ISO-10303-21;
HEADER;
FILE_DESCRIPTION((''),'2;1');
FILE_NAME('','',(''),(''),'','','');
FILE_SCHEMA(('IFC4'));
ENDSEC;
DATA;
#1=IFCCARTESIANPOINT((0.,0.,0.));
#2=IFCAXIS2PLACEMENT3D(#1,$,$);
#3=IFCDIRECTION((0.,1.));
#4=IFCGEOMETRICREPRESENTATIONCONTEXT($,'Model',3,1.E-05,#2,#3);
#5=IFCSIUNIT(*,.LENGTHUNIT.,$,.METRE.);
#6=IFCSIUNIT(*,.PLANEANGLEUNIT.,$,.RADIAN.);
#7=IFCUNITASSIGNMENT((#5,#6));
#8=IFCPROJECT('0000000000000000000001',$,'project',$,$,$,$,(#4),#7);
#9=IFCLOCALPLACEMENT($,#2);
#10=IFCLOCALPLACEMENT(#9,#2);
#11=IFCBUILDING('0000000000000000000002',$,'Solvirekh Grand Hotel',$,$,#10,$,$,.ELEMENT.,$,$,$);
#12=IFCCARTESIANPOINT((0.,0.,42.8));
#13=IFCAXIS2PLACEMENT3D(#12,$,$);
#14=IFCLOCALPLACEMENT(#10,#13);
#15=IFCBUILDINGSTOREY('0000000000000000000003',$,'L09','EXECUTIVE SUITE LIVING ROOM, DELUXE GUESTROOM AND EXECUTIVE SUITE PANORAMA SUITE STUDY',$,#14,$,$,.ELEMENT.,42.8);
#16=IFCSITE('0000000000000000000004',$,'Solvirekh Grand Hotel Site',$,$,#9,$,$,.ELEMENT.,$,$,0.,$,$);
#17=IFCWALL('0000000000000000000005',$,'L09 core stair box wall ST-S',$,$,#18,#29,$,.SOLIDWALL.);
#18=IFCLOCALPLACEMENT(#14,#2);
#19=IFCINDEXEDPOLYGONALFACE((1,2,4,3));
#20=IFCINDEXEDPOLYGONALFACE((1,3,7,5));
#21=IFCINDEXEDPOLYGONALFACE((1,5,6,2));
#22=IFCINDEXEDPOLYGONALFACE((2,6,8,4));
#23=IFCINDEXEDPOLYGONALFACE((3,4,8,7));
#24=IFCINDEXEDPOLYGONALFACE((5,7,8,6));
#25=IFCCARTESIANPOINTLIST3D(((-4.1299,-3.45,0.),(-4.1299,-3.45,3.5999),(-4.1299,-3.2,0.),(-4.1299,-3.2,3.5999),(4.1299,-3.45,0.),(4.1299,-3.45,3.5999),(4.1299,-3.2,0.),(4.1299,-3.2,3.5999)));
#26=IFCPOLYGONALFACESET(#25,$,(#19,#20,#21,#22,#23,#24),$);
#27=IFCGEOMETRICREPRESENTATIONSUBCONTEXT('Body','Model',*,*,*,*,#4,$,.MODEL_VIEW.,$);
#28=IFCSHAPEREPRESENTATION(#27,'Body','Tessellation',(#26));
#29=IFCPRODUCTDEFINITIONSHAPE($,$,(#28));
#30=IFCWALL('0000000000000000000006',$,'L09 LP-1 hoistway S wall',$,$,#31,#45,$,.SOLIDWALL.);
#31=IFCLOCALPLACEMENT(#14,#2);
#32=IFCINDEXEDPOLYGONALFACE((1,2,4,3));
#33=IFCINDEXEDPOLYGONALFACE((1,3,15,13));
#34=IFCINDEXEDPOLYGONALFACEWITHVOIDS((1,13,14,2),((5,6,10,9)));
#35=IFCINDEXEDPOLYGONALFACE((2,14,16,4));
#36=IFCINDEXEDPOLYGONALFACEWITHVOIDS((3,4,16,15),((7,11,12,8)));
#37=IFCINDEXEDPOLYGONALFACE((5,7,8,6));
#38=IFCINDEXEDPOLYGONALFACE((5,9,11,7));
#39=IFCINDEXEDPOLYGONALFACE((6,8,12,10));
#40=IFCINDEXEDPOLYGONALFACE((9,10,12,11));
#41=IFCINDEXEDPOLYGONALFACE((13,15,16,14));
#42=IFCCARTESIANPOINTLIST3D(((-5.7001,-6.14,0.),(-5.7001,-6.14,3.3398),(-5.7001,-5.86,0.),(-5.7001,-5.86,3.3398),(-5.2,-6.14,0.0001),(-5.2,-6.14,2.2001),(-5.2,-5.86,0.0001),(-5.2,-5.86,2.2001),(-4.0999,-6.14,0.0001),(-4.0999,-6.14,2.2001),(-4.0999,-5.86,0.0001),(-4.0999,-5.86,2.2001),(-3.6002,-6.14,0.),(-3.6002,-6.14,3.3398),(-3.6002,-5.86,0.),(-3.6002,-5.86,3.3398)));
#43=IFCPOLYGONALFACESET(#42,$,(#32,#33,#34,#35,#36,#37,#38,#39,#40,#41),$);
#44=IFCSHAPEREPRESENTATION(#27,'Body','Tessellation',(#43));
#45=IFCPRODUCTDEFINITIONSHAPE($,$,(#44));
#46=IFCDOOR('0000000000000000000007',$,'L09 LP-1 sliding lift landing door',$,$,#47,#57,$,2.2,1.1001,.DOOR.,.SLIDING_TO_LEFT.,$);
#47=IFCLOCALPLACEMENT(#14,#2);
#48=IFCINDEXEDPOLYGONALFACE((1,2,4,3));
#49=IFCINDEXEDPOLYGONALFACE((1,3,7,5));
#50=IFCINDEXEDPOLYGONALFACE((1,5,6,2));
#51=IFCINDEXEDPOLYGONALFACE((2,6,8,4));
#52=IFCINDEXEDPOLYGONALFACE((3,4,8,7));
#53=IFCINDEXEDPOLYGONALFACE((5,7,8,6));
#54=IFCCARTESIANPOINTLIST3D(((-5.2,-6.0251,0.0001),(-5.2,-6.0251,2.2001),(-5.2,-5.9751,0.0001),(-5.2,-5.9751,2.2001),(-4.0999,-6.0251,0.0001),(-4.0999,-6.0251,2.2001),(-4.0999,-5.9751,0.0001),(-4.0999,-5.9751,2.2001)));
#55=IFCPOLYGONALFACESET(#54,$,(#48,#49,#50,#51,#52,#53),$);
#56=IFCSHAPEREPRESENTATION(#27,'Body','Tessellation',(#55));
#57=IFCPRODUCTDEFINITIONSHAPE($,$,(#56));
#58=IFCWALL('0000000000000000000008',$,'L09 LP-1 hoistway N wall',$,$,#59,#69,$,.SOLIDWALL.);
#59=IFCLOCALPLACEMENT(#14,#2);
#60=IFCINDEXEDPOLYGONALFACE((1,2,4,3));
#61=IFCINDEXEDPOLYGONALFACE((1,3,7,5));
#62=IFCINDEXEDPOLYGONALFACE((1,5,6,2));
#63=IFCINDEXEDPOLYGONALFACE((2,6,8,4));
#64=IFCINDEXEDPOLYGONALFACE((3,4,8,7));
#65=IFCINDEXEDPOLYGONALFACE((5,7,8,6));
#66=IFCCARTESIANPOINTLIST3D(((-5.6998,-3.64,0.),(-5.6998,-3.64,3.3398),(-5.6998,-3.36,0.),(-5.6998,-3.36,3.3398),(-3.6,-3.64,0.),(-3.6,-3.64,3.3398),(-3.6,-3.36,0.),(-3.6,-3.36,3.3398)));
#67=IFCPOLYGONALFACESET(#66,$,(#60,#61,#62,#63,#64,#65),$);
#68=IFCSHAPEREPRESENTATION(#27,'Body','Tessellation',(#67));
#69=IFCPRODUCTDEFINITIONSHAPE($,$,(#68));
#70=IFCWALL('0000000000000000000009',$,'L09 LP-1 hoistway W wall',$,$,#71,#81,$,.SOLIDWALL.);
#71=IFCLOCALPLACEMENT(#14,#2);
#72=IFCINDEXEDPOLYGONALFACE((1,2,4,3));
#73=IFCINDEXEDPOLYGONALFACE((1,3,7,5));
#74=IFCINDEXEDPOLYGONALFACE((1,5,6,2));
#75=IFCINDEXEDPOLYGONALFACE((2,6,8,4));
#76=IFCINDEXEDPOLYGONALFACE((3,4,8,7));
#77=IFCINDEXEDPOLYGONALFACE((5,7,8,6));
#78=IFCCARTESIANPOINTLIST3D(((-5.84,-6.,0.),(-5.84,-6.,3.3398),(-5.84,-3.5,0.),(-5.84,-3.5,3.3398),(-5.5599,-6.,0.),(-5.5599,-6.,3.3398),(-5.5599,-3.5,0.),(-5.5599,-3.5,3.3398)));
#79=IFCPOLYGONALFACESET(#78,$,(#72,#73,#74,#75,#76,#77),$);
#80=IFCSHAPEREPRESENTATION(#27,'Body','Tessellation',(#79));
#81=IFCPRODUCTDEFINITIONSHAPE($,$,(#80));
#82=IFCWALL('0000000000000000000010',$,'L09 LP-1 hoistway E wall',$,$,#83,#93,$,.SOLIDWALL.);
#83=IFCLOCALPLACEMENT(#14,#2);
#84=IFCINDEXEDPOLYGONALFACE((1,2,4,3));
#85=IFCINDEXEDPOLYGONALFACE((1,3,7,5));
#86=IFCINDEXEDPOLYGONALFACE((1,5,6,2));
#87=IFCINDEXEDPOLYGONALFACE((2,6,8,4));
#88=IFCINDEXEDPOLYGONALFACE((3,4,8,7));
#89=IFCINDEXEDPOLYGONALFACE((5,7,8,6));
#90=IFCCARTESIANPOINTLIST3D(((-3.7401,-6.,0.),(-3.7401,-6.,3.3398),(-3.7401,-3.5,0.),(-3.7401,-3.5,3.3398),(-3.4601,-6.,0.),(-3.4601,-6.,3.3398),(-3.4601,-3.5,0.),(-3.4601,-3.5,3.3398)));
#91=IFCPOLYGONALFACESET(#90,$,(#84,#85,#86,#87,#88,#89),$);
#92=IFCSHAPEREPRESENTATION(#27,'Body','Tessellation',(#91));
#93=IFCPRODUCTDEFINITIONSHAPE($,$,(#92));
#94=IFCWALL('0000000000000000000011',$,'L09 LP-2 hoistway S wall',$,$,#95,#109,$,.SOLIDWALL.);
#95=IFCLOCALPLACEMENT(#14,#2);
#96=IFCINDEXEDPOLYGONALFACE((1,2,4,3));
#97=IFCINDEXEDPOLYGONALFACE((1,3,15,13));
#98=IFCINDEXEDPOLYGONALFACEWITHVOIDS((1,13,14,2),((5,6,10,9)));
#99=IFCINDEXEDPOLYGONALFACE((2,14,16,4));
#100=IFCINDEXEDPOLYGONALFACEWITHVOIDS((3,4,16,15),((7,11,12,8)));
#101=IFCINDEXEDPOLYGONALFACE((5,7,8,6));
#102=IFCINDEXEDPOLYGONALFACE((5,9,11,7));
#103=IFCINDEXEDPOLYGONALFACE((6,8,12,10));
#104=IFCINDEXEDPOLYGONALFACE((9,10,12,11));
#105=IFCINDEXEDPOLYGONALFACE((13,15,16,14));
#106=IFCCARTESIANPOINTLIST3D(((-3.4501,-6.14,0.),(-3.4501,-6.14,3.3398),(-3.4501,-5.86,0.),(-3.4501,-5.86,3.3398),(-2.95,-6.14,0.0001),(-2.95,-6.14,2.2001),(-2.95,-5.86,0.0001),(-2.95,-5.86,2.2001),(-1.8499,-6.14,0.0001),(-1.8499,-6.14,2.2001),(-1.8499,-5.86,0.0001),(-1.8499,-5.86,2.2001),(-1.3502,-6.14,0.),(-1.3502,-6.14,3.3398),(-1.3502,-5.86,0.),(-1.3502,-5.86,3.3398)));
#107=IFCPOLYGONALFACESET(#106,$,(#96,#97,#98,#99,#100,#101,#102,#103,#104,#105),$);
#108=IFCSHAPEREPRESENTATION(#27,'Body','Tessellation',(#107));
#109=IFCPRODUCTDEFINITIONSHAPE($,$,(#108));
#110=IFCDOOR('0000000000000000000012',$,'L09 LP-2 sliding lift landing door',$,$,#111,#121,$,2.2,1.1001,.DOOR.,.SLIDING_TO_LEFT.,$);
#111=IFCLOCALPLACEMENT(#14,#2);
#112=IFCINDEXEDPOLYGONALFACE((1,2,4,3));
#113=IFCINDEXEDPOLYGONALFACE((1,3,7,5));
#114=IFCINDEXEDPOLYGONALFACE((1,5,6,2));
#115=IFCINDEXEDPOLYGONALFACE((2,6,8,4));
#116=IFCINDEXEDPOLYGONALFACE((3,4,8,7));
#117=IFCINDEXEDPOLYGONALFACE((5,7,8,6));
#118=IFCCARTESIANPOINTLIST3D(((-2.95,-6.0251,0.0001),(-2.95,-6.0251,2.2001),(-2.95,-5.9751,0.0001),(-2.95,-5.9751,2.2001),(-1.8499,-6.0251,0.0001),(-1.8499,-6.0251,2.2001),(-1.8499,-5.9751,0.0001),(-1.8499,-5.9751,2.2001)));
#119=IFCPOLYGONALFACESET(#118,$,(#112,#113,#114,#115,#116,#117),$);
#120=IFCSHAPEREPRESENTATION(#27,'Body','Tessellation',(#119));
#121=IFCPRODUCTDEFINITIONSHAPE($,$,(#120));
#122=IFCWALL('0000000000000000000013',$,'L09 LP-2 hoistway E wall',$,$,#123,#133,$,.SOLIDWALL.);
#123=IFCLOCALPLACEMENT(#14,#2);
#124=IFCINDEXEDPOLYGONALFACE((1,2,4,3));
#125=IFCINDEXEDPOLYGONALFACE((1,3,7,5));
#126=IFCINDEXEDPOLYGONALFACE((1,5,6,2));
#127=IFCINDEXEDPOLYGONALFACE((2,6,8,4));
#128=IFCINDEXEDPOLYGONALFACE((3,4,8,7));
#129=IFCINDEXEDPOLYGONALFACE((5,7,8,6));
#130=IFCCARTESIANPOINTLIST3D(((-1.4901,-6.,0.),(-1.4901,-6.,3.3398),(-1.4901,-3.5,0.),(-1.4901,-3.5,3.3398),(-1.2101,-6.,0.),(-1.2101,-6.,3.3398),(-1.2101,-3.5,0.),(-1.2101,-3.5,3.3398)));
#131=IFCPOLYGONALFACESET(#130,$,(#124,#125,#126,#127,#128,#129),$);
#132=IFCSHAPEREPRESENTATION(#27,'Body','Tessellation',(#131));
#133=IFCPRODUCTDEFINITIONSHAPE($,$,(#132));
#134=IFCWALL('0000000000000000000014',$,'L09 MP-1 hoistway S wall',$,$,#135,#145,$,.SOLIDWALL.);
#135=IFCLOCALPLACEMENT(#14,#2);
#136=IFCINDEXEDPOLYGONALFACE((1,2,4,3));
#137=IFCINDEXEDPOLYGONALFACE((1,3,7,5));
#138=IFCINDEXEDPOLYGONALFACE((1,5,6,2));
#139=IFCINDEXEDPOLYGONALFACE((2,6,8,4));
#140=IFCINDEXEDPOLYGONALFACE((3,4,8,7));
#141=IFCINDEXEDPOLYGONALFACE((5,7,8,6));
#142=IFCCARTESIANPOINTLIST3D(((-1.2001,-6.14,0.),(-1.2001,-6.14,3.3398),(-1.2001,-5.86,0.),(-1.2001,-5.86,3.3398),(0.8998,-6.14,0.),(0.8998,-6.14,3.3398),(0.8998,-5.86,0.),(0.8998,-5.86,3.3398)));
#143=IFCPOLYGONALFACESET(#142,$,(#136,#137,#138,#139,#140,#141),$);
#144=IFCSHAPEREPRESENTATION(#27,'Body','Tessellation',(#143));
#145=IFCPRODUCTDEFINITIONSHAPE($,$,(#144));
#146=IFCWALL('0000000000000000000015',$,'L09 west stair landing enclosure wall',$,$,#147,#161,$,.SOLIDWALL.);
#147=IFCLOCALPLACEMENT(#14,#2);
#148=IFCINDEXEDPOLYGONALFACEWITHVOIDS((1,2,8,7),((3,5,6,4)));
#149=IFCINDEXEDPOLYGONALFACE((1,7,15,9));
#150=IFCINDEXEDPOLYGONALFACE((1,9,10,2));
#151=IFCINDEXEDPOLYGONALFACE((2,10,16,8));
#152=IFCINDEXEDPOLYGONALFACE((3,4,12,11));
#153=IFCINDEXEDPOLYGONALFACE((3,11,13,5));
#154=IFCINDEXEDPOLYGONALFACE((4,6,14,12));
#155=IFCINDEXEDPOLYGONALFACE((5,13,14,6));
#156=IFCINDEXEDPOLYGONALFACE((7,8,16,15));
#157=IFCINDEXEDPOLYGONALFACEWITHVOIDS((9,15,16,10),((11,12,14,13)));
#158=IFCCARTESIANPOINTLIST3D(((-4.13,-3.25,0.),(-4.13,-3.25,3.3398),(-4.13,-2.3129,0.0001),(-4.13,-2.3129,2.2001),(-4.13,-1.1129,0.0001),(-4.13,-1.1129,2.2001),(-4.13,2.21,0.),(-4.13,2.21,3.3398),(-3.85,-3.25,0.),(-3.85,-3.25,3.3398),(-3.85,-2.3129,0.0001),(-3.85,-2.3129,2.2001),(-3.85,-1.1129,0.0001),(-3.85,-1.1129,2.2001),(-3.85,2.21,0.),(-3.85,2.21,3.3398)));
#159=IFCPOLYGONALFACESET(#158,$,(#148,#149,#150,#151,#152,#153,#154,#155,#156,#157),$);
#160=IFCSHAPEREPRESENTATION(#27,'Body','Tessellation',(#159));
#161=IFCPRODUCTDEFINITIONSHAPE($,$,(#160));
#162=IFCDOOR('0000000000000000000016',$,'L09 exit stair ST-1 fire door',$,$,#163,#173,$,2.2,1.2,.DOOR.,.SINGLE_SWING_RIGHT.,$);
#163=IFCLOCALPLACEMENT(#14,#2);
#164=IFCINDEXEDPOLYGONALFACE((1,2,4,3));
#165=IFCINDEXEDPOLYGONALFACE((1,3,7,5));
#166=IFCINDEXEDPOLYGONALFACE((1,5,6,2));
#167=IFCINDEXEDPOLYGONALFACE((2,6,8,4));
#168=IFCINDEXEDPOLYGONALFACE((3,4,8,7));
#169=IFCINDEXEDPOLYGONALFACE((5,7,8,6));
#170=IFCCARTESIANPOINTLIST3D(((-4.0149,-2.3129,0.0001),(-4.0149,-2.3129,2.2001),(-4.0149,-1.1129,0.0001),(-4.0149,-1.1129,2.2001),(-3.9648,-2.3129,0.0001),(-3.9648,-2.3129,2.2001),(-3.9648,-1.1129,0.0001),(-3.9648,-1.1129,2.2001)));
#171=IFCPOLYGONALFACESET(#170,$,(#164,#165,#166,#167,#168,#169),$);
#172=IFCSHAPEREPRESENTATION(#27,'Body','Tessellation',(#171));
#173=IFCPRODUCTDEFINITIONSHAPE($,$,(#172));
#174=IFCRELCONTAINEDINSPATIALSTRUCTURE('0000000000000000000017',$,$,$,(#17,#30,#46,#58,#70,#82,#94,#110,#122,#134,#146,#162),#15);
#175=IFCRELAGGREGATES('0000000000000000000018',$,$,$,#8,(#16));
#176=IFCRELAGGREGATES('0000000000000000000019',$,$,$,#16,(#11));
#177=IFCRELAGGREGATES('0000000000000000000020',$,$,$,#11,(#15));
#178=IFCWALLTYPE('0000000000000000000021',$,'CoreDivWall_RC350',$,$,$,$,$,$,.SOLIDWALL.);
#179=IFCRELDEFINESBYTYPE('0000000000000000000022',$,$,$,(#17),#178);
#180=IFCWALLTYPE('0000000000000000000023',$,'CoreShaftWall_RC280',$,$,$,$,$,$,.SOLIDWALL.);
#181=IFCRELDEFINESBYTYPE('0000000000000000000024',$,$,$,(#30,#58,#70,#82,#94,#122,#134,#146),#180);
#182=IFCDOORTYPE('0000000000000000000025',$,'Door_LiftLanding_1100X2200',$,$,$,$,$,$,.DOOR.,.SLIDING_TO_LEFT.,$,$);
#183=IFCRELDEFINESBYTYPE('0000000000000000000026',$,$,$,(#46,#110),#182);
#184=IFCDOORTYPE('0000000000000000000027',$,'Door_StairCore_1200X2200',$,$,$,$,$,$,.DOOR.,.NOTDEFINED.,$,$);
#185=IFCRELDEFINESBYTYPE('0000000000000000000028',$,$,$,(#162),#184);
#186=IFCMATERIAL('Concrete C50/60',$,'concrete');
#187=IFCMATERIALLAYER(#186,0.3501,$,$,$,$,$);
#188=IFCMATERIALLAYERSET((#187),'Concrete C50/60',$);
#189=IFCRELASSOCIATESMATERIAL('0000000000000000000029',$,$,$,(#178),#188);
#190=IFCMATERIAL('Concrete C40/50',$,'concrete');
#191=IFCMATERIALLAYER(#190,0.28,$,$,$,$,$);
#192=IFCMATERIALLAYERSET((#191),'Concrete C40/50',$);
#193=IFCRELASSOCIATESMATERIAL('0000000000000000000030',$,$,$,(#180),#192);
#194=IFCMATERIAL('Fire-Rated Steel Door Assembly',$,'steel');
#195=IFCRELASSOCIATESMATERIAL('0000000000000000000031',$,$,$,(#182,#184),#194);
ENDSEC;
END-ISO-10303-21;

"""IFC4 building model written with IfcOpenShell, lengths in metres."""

from ifc_helpers import new_model, si_unit, direction, frame, frame_2d, origin, place, context, subcontext, project, spatial, rectangle, extrude, material, layer, layer_set, type_object, element, fill, save


model = new_model("IFC4")

# Units and contexts
model_context = context("Model", 3, precision=1e-05, world=origin(), true_north=direction((0.0, 1.0)))
body_context = subcontext(model_context, "Body", "Model", "MODEL_VIEW")
ifc_project = project(units=[si_unit("LENGTHUNIT", "METRE"), si_unit("PLANEANGLEUNIT", "RADIAN")], contexts=[model_context])

# Site, building, storey
site_placement = place(None, origin())
site = spatial("IfcSite", under=ifc_project, at=site_placement, Name="Solvirekh Grand Hotel Site", CompositionType="ELEMENT", RefElevation=0.0)
building_placement = place(site_placement, origin())
building = spatial("IfcBuilding", under=site, at=building_placement, Name="Solvirekh Grand Hotel", CompositionType="ELEMENT")
storey_placement = place(building_placement, frame((0.0, 0.0, 42.8)))
storey = spatial("IfcBuildingStorey", under=building, at=storey_placement, Name="L09", Description="EXECUTIVE SUITE LIVING ROOM, DELUXE GUESTROOM AND EXECUTIVE SUITE PANORAMA SUITE STUDY", CompositionType="ELEMENT", Elevation=42.8)

# Wall
ifc_material_1 = material(Name="Concrete C50/60", Category="concrete")
ifc_layer_1 = layer(ifc_material_1, 0.3501)
ifc_layer_set_1 = layer_set([ifc_layer_1], Name="Concrete C50/60")
wall_type_1 = type_object("IfcWallType", Name="CoreDivWall_RC350", PredefinedType="SOLIDWALL", material=ifc_layer_set_1)
wall_1_placement = place(storey_placement, frame((-4.1299, -3.325, 0.0), z_axis=(0.0, 0.0, 1.0), x_axis=(1.0, 0.0, 0.0)))
element("IfcWall", 1, at=wall_1_placement, inside=storey, type_object=wall_type_1, Name="L09 core stair box wall ST-S", PredefinedType="SOLIDWALL", context=body_context, shape_type="SweptSolid", body=[
    extrude(rectangle(XDim=8.2598, YDim=0.25, at=frame_2d((4.1299, 0.0))), origin(), (0.0, 0.0, 1.0), 3.5999),
])

# Wall, opening, door
ifc_material_2 = material(Name="Concrete C40/50", Category="concrete")
ifc_layer_2 = layer(ifc_material_2, 0.28)
ifc_layer_set_2 = layer_set([ifc_layer_2], Name="Concrete C40/50")
wall_type_2 = type_object("IfcWallType", Name="CoreShaftWall_RC280", PredefinedType="SOLIDWALL", material=ifc_layer_set_2)
wall_2_placement = place(storey_placement, frame((-5.7, -6.0, 0.0), z_axis=(0.0, 0.0, 1.0), x_axis=(1.0, 0.0, 0.0)))
wall_2 = element("IfcWall", 2, at=wall_2_placement, inside=storey, type_object=wall_type_2, Name="L09 LP-1 hoistway S wall", PredefinedType="SOLIDWALL", context=body_context, shape_type="SweptSolid", body=[
    extrude(rectangle(XDim=2.0999, YDim=0.28, at=frame_2d((1.0498, 0.0))), origin(), (0.0, 0.0, 1.0), 3.3398),
])
opening_1_placement = place(wall_2_placement, frame((0.5, 0.0, 0.0)))
opening_1 = element("IfcOpeningElement", 3, at=opening_1_placement, cuts=wall_2, PredefinedType="OPENING", context=body_context, shape_type="SweptSolid", body=[
    extrude(rectangle(XDim=1.1001, YDim=2.2, at=frame_2d((0.55, 1.1001))), frame((0.0, 0.1499, 0.0), z_axis=(0.0, -1.0, 0.0), x_axis=(1.0, 0.0, 0.0)), (0.0, 0.0, 1.0), 0.3),
])
ifc_material_3 = material(Name="Fire-Rated Steel Door Assembly", Category="steel")
door_type_1 = type_object("IfcDoorType", Name="Door_LiftLanding_1100X2200", OperationType="SLIDING_TO_LEFT", PredefinedType="DOOR", material=ifc_material_3)
door_1_placement = place(opening_1_placement, origin())
door_1 = element("IfcDoor", 4, at=door_1_placement, inside=storey, type_object=door_type_1, Name="L09 LP-1 sliding lift landing door", OperationType="SLIDING_TO_LEFT", OverallHeight=2.2, OverallWidth=1.1001, PredefinedType="DOOR", context=body_context, shape_type="SweptSolid", body=[
    extrude(rectangle(XDim=1.1001, YDim=2.2, at=frame_2d((0.55, 1.1001))), frame((0.0, 0.0249, 0.0), z_axis=(0.0, -1.0, 0.0), x_axis=(1.0, 0.0, 0.0)), (0.0, 0.0, 1.0), 0.05),
])
fill(opening_1, door_1)

# Walls
wall_3_placement = place(storey_placement, frame((-3.6001, -3.5, 0.0), z_axis=(0.0, 0.0, 1.0), x_axis=(-1.0, 0.0, 0.0)))
element("IfcWall", 5, at=wall_3_placement, inside=storey, type_object=wall_type_2, Name="L09 LP-1 hoistway N wall", PredefinedType="SOLIDWALL", context=body_context, shape_type="SweptSolid", body=[
    extrude(rectangle(XDim=2.0999, YDim=0.28, at=frame_2d((1.0498, 0.0))), origin(), (0.0, 0.0, 1.0), 3.3398),
])
for number, where, z_axis, x_axis, name in (
    (6, (-5.7, -3.5, 0.0), (0.0, 0.0, 1.0), (0.0, -1.0, 0.0), "L09 LP-1 hoistway W wall"),
    (7, (-3.6001, -6.0, 0.0), (0.0, 0.0, 1.0), (0.0, 1.0, 0.0), "L09 LP-1 hoistway E wall"),
):
    element("IfcWall", number, at=place(storey_placement, frame(where, z_axis=z_axis, x_axis=x_axis)), inside=storey, type_object=wall_type_2, Name=name, PredefinedType="SOLIDWALL", context=body_context, shape_type="SweptSolid", body=[
        extrude(rectangle(XDim=2.5, YDim=0.28, at=frame_2d((1.25, 0.0))), origin(), (0.0, 0.0, 1.0), 3.3398),
    ])

# Wall, opening, door
wall_4_placement = place(storey_placement, frame((-3.45, -6.0, 0.0), z_axis=(0.0, 0.0, 1.0), x_axis=(1.0, 0.0, 0.0)))
wall_4 = element("IfcWall", 8, at=wall_4_placement, inside=storey, type_object=wall_type_2, Name="L09 LP-2 hoistway S wall", PredefinedType="SOLIDWALL", context=body_context, shape_type="SweptSolid", body=[
    extrude(rectangle(XDim=2.0999, YDim=0.28, at=frame_2d((1.0498, 0.0))), origin(), (0.0, 0.0, 1.0), 3.3398),
])
opening_2_placement = place(wall_4_placement, frame((0.5, 0.0, 0.0)))
opening_2 = element("IfcOpeningElement", 9, at=opening_2_placement, cuts=wall_4, PredefinedType="OPENING", context=body_context, shape_type="SweptSolid", body=[
    extrude(rectangle(XDim=1.1001, YDim=2.2, at=frame_2d((0.55, 1.1001))), frame((0.0, 0.1499, 0.0), z_axis=(0.0, -1.0, 0.0), x_axis=(1.0, 0.0, 0.0)), (0.0, 0.0, 1.0), 0.3),
])
door_2_placement = place(opening_2_placement, origin())
door_2 = element("IfcDoor", 10, at=door_2_placement, inside=storey, type_object=door_type_1, Name="L09 LP-2 sliding lift landing door", OperationType="SLIDING_TO_LEFT", OverallHeight=2.2, OverallWidth=1.1001, PredefinedType="DOOR", context=body_context, shape_type="SweptSolid", body=[
    extrude(rectangle(XDim=1.1001, YDim=2.2, at=frame_2d((0.55, 1.1001))), frame((0.0, 0.0249, 0.0), z_axis=(0.0, -1.0, 0.0), x_axis=(1.0, 0.0, 0.0)), (0.0, 0.0, 1.0), 0.05),
])
fill(opening_2, door_2)

# Walls
wall_5_placement = place(storey_placement, frame((-1.3501, -6.0, 0.0), z_axis=(0.0, 0.0, 1.0), x_axis=(0.0, 1.0, 0.0)))
element("IfcWall", 11, at=wall_5_placement, inside=storey, type_object=wall_type_2, Name="L09 LP-2 hoistway E wall", PredefinedType="SOLIDWALL", context=body_context, shape_type="SweptSolid", body=[
    extrude(rectangle(XDim=2.5, YDim=0.28, at=frame_2d((1.25, 0.0))), origin(), (0.0, 0.0, 1.0), 3.3398),
])
wall_6_placement = place(storey_placement, frame((-1.2, -6.0, 0.0), z_axis=(0.0, 0.0, 1.0), x_axis=(1.0, 0.0, 0.0)))
element("IfcWall", 12, at=wall_6_placement, inside=storey, type_object=wall_type_2, Name="L09 MP-1 hoistway S wall", PredefinedType="SOLIDWALL", context=body_context, shape_type="SweptSolid", body=[
    extrude(rectangle(XDim=2.0999, YDim=0.28, at=frame_2d((1.0498, 0.0))), origin(), (0.0, 0.0, 1.0), 3.3398),
])

# Wall, opening, door
wall_7_placement = place(storey_placement, frame((-3.99, -3.25, 0.0), z_axis=(0.0, 0.0, 1.0), x_axis=(0.0, 1.0, 0.0)))
wall_7 = element("IfcWall", 13, at=wall_7_placement, inside=storey, type_object=wall_type_2, Name="L09 west stair landing enclosure wall", PredefinedType="SOLIDWALL", context=body_context, shape_type="SweptSolid", body=[
    extrude(rectangle(XDim=5.46, YDim=0.28, at=frame_2d((2.73, 0.0))), origin(), (0.0, 0.0, 1.0), 3.3398),
])
opening_3_placement = place(wall_7_placement, frame((0.937, 0.0, 0.0)))
opening_3 = element("IfcOpeningElement", 14, at=opening_3_placement, cuts=wall_7, PredefinedType="OPENING", context=body_context, shape_type="SweptSolid", body=[
    extrude(rectangle(XDim=1.2, YDim=2.2, at=frame_2d((0.6001, 1.1001))), frame((0.0, 0.1499, 0.0), z_axis=(0.0, -1.0, 0.0), x_axis=(1.0, 0.0, 0.0)), (0.0, 0.0, 1.0), 0.3),
])
door_type_2 = type_object("IfcDoorType", Name="Door_StairCore_1200X2200", OperationType="NOTDEFINED", PredefinedType="DOOR", material=ifc_material_3)
door_3_placement = place(opening_3_placement, origin())
door_3 = element("IfcDoor", 15, at=door_3_placement, inside=storey, type_object=door_type_2, Name="L09 exit stair ST-1 fire door", OperationType="SINGLE_SWING_RIGHT", OverallHeight=2.2, OverallWidth=1.2, PredefinedType="DOOR", context=body_context, shape_type="SweptSolid", body=[
    extrude(rectangle(XDim=1.2, YDim=2.2, at=frame_2d((0.6001, 1.1001))), frame((0.0, 0.0249, 0.0), z_axis=(0.0, -1.0, 0.0), x_axis=(1.0, 0.0, 0.0)), (0.0, 0.0, 1.0), 0.05),
])
fill(opening_3, door_3)

save(model, "model.ifc")
